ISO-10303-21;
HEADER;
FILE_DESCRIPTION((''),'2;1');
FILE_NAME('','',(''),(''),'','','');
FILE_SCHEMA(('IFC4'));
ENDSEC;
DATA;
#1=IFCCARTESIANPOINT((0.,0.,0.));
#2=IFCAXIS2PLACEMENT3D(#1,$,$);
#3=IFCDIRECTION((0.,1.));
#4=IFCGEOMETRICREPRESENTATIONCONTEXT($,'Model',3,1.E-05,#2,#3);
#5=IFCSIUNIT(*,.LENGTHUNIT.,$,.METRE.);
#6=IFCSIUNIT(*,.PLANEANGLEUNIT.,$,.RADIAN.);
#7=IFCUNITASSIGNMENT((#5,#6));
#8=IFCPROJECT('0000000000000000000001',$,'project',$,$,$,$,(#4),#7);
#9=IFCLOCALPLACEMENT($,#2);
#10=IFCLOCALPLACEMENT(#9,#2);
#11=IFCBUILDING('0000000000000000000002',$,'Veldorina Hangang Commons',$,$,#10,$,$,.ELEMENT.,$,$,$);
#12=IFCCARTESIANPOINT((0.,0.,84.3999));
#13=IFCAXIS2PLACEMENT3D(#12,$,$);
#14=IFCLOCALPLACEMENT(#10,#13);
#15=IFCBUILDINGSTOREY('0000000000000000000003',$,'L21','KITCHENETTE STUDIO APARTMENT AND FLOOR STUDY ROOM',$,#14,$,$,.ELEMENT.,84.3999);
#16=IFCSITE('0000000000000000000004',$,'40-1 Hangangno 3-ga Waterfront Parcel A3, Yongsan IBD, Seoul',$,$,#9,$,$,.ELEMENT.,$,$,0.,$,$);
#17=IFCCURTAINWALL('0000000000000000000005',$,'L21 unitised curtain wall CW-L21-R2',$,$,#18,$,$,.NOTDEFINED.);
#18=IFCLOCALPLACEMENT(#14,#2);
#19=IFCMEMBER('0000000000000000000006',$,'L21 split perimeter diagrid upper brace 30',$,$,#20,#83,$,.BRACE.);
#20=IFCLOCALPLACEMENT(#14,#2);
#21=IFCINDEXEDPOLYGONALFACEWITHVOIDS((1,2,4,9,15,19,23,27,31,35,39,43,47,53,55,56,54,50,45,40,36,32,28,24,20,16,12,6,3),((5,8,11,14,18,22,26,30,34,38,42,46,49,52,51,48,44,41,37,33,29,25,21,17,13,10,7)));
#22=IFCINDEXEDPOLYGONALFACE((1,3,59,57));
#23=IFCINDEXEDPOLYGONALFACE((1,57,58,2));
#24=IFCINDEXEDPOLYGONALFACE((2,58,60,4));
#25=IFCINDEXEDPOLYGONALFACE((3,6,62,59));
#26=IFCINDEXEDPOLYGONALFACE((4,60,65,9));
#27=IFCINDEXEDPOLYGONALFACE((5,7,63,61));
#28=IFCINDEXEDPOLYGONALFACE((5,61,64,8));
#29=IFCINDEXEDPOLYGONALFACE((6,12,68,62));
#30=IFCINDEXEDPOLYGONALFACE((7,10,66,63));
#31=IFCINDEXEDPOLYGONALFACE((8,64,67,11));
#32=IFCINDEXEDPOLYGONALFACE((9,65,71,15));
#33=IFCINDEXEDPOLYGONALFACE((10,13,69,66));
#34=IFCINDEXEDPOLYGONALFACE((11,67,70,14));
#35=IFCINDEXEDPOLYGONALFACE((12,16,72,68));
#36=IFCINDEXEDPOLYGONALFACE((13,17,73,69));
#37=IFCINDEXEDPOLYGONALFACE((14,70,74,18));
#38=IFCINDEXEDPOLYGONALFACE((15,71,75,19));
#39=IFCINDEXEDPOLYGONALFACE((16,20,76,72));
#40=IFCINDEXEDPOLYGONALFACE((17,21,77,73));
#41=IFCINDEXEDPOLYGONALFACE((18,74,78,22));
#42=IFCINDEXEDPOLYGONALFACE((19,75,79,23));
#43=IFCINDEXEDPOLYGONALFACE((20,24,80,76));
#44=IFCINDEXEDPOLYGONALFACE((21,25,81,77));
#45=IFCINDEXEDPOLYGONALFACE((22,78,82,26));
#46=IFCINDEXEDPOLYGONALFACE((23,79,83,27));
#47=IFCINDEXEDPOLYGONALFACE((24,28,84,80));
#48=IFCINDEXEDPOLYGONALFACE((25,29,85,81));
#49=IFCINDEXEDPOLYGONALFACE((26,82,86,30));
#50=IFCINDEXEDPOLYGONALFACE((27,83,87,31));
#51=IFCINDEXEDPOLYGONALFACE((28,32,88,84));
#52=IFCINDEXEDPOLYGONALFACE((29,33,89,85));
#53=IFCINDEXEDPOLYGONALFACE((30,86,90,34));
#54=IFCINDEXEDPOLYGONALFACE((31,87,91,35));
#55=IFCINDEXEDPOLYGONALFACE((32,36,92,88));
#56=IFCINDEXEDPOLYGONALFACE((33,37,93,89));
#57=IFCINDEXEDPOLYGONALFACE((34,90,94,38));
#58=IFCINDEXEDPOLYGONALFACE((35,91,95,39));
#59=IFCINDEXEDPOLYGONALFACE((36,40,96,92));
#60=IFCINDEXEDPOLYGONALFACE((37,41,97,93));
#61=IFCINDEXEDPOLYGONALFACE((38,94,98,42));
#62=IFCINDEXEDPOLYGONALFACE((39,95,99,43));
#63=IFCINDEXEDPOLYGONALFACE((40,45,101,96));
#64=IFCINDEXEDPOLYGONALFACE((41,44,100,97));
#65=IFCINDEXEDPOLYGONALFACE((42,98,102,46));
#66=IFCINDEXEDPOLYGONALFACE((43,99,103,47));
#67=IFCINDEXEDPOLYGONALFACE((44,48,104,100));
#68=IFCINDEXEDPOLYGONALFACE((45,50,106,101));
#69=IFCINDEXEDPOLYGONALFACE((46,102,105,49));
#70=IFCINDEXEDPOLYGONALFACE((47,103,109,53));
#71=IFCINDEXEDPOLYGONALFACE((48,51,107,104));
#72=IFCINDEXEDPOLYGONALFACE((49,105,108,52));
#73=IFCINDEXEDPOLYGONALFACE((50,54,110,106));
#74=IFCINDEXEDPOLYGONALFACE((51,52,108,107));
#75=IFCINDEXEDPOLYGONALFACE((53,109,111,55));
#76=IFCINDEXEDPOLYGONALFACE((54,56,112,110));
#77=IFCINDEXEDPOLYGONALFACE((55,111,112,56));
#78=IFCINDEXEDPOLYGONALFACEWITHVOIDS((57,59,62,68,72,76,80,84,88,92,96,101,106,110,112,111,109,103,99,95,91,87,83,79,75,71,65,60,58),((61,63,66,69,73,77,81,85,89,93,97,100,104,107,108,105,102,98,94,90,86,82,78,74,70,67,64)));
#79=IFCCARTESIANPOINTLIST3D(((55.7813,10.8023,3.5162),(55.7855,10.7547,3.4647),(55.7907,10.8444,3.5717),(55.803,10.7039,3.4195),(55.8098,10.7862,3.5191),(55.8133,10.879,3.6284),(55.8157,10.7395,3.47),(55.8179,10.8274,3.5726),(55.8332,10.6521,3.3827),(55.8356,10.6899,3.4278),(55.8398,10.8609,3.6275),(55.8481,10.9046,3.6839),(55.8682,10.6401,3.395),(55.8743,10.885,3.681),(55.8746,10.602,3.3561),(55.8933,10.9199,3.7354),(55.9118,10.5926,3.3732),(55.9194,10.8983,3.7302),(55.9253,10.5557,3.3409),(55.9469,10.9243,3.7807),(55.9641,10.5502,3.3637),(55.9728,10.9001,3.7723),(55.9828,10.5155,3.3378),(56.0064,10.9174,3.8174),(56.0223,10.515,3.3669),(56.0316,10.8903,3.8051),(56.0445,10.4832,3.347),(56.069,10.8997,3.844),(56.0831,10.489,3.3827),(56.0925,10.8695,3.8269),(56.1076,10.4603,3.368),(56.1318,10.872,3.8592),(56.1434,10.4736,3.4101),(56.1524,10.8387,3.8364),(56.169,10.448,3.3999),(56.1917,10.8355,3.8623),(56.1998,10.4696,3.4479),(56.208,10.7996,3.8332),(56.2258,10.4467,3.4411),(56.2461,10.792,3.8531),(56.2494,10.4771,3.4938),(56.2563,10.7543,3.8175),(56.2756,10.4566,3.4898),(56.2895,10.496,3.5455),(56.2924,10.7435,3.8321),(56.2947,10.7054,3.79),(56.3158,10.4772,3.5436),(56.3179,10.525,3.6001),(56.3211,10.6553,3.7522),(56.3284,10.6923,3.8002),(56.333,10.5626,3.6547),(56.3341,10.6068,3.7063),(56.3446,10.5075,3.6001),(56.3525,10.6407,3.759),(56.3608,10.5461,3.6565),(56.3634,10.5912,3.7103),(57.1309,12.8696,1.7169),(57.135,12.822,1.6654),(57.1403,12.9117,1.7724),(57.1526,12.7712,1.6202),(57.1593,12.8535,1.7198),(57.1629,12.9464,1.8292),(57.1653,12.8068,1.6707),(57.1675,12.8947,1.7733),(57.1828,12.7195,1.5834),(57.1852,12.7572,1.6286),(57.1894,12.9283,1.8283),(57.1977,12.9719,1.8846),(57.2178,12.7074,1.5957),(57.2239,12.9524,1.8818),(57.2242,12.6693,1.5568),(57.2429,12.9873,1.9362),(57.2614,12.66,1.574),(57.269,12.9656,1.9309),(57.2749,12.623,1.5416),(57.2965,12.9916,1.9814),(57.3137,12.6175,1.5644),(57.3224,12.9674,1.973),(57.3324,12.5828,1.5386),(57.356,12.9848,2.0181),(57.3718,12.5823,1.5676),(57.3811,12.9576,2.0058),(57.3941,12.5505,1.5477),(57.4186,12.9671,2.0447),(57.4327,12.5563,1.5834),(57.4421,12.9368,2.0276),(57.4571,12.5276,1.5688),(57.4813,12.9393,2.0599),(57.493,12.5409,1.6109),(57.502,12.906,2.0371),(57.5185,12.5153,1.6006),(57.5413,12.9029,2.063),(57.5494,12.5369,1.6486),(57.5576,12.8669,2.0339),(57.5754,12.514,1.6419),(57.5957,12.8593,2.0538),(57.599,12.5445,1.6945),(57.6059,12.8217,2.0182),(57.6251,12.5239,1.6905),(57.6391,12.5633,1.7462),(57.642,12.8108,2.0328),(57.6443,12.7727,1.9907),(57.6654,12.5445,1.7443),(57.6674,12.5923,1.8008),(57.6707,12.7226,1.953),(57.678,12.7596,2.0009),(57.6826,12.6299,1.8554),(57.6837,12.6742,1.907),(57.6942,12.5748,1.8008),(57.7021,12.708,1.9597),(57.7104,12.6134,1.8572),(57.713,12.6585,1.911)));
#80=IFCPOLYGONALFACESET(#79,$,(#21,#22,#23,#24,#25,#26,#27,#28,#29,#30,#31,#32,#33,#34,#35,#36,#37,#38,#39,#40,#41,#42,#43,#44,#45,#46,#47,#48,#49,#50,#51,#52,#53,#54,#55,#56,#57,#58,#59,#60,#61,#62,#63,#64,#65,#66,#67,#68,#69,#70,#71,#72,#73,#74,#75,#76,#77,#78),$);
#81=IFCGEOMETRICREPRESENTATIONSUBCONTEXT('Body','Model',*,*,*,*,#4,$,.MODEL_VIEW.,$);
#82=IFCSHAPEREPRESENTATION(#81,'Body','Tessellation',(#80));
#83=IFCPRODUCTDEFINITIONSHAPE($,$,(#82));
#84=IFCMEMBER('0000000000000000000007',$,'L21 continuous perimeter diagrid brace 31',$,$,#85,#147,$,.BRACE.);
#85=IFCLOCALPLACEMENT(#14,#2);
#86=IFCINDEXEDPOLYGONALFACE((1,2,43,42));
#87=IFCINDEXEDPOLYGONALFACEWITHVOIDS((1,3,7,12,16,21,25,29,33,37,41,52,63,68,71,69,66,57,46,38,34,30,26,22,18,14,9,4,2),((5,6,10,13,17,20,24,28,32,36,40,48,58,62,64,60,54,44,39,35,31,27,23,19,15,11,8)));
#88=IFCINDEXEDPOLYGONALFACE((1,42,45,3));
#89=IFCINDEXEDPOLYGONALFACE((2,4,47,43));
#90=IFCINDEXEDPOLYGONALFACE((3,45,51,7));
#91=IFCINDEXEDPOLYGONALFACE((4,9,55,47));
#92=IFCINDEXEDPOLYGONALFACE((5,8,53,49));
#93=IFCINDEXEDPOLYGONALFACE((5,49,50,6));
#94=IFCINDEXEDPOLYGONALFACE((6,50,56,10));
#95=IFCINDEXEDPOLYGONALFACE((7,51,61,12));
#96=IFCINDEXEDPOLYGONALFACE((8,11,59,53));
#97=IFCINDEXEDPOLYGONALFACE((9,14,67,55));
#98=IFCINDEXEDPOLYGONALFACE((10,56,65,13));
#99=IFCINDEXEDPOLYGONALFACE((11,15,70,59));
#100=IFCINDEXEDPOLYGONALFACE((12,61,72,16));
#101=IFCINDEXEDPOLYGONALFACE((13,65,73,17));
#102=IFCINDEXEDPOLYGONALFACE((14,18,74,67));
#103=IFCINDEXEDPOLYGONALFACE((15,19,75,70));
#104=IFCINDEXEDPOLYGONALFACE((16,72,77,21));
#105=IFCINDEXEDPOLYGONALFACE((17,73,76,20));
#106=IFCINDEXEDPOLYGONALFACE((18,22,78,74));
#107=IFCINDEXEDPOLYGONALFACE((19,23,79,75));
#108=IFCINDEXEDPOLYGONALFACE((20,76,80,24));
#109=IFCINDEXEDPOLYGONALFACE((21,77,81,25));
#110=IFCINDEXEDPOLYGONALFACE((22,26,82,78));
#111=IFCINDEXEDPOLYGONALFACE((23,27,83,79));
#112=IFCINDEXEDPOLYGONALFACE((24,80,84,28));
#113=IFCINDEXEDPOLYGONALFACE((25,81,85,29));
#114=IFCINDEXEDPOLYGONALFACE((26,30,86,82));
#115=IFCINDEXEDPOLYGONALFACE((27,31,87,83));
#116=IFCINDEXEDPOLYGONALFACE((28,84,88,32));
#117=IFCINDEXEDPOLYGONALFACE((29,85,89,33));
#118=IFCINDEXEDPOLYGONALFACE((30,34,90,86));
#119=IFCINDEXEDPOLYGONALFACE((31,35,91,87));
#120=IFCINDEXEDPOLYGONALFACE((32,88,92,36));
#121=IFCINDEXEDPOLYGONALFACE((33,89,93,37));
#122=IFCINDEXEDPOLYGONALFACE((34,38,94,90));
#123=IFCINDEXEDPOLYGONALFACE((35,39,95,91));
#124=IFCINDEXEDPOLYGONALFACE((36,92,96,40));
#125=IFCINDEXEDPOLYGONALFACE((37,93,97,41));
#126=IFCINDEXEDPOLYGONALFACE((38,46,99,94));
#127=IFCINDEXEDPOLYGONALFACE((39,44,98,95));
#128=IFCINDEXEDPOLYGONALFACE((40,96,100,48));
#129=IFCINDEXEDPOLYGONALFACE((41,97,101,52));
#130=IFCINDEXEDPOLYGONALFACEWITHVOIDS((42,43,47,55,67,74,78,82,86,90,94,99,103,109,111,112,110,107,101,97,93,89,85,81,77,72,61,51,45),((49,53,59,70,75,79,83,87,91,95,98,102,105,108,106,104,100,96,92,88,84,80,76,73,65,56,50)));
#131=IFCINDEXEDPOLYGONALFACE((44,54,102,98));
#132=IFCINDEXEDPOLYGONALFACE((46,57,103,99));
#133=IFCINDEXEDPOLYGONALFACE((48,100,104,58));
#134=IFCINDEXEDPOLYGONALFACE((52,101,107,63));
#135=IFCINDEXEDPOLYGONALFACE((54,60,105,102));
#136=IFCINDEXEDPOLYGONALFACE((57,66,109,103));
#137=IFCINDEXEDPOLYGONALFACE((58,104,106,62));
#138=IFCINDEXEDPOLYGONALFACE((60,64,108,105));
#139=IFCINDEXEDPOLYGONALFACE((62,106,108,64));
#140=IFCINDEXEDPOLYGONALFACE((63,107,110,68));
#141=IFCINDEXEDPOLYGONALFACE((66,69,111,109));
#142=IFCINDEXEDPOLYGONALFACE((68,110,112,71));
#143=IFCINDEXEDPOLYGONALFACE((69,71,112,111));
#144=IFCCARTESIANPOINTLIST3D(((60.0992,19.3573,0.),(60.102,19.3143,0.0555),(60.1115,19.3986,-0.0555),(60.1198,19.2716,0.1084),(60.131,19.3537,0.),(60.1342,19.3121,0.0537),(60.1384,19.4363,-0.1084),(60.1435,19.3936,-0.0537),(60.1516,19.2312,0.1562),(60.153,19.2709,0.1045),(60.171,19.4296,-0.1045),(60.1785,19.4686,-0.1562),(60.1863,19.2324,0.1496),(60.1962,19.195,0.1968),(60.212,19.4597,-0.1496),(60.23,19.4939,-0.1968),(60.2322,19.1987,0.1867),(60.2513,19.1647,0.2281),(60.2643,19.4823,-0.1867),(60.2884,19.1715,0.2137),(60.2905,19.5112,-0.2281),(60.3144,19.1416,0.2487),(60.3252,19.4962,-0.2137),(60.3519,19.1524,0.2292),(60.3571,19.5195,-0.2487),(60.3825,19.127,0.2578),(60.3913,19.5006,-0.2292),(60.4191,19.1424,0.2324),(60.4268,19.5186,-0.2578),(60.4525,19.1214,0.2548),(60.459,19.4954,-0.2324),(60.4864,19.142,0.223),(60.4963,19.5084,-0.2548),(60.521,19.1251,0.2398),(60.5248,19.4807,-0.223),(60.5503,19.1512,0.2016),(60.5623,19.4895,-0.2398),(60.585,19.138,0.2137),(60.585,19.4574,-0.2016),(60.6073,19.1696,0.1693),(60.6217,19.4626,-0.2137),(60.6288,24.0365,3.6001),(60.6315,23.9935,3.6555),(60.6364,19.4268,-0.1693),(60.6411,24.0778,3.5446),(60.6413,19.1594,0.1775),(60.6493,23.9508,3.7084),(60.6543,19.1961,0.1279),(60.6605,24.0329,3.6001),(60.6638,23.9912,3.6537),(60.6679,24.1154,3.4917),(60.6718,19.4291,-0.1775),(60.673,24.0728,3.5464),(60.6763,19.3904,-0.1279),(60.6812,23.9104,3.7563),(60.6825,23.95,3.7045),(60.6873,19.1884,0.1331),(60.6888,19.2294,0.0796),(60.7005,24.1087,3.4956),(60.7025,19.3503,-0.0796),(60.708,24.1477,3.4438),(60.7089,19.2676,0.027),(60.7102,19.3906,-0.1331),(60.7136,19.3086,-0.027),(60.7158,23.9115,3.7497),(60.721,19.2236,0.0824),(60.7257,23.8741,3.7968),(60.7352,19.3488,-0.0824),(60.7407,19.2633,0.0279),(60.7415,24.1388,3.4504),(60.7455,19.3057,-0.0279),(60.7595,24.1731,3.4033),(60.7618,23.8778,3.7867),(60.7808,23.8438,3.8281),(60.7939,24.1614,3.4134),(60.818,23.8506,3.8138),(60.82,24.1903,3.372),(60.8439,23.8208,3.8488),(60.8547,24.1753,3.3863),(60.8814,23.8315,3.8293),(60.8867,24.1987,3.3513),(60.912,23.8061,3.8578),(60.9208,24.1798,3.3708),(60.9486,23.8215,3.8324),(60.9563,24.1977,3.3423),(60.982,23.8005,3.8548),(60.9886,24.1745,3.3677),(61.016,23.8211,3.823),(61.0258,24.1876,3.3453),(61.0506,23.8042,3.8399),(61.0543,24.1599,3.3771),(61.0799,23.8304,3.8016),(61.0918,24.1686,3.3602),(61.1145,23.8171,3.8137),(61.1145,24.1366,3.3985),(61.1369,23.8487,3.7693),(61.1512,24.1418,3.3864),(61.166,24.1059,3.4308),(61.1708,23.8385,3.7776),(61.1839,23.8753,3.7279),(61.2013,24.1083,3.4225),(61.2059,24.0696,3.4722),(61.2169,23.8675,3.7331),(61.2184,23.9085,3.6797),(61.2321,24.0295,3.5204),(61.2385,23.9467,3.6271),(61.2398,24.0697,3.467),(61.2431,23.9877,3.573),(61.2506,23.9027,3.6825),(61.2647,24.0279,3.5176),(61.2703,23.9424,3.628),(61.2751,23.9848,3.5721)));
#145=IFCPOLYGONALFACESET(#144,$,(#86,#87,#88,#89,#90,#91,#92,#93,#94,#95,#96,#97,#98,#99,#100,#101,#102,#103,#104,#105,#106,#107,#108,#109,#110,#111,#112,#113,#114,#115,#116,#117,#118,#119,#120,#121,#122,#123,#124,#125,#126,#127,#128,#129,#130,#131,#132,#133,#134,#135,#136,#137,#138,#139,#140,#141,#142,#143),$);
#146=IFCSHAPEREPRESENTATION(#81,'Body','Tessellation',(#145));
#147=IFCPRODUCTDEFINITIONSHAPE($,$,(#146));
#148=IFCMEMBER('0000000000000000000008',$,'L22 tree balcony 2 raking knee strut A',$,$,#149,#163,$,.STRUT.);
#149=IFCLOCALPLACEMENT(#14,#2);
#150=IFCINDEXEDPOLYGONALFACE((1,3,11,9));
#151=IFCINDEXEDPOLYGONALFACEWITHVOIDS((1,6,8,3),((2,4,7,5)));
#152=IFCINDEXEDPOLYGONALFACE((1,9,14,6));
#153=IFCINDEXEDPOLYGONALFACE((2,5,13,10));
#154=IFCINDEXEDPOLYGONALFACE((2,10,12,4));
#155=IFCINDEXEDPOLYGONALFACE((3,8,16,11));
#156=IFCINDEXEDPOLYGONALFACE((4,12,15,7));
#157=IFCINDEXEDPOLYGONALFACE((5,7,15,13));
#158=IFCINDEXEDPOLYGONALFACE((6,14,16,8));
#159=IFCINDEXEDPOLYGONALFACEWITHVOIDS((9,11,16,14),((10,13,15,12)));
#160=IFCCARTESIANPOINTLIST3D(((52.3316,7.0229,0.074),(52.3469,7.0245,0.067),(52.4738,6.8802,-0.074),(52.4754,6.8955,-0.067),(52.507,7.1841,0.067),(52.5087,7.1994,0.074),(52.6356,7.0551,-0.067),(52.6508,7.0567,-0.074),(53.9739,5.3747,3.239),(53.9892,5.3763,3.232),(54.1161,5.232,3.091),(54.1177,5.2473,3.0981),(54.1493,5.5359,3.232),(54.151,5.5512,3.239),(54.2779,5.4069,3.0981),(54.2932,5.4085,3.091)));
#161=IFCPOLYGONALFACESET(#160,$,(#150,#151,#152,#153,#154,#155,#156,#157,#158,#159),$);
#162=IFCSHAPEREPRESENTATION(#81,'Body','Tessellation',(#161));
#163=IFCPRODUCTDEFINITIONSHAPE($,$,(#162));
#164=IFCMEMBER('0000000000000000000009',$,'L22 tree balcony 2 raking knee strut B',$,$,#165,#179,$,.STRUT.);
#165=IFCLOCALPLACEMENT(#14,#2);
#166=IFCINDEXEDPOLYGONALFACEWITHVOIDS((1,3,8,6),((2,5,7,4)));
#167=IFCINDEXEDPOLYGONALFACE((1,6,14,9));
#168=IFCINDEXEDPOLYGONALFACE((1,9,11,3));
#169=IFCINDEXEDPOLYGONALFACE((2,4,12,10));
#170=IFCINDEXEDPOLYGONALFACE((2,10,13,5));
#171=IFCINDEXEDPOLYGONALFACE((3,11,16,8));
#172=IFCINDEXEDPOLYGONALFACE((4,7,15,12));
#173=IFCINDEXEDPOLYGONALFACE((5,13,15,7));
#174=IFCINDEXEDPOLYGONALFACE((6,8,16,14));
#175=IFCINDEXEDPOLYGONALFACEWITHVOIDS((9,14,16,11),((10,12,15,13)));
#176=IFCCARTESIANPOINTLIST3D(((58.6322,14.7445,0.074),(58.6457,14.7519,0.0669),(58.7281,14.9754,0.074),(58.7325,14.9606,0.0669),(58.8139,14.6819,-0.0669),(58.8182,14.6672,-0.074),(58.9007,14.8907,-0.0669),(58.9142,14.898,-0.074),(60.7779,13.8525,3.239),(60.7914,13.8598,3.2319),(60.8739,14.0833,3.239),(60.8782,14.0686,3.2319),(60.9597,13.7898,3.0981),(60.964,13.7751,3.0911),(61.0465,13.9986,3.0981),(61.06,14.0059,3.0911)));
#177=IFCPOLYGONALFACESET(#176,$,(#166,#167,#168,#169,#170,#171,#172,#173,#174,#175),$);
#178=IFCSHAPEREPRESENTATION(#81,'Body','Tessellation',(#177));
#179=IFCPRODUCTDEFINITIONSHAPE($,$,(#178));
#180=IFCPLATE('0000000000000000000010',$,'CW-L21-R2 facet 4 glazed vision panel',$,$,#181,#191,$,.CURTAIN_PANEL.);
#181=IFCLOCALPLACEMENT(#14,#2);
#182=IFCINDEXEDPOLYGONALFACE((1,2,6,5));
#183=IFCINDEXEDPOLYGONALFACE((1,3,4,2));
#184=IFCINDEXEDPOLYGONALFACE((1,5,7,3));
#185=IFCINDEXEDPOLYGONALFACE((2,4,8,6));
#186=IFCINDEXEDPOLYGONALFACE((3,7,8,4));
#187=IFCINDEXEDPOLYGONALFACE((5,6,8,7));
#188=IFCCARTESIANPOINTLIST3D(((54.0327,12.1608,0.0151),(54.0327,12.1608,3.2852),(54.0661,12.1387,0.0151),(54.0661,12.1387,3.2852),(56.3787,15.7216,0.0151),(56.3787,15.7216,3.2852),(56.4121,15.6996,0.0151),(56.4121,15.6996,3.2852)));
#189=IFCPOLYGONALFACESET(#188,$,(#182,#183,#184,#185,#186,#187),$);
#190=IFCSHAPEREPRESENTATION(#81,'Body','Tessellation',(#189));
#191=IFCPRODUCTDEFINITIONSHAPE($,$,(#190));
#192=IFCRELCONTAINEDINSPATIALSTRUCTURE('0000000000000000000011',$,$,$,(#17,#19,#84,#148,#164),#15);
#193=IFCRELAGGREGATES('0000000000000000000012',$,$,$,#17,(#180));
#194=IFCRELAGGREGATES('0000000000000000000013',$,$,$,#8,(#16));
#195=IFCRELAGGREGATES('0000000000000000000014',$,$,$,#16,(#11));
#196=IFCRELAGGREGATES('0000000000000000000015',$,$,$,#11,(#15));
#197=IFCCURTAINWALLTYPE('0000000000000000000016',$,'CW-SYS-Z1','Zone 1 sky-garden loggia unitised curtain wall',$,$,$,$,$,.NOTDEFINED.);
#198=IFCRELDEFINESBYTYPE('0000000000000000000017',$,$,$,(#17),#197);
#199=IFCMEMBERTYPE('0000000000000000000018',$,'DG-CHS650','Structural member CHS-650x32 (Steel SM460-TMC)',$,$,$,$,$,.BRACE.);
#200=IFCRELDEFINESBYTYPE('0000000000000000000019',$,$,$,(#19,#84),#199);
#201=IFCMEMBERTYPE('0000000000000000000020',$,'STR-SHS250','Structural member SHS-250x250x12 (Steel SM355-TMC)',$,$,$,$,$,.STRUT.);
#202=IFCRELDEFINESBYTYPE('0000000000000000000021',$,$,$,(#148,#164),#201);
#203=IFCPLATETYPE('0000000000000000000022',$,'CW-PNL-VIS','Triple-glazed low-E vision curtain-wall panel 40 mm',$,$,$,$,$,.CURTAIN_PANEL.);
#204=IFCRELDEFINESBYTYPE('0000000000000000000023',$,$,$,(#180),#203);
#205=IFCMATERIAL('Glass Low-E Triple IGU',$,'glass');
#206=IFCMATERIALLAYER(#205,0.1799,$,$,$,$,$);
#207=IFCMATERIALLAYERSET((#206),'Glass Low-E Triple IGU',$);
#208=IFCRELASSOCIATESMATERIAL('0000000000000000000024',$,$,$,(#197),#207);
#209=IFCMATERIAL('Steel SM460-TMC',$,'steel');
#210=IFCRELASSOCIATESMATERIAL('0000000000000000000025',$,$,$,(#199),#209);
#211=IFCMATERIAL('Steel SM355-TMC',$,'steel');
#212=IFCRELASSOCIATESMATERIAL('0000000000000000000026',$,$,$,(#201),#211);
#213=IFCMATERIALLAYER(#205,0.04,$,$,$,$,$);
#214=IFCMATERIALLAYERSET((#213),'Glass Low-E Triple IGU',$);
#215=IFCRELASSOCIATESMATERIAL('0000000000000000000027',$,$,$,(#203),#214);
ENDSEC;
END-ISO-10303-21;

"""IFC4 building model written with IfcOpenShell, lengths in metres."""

from ifc_helpers import new_model, si_unit, direction, frame, origin, origin_2d, place, context, subcontext, project, spatial, rectangle, hollow_rectangle, hollow_circle, extrude, material, layer, layer_set, material_profile, profile_set, type_object, element, aggregate, save


model = new_model("IFC4")

# Units and contexts
model_context = context("Model", 3, precision=1e-05, world=origin(), true_north=direction((0.0, 1.0)))
body_context = subcontext(model_context, "Body", "Model", "MODEL_VIEW")
ifc_project = project(units=[si_unit("LENGTHUNIT", "METRE"), si_unit("PLANEANGLEUNIT", "RADIAN")], contexts=[model_context])

# Site, building, storey
site_placement = place(None, origin())
site = spatial("IfcSite", under=ifc_project, at=site_placement, Name="40-1 Hangangno 3-ga Waterfront Parcel A3, Yongsan IBD, Seoul", CompositionType="ELEMENT", RefElevation=0.0)
building_placement = place(site_placement, origin())
building = spatial("IfcBuilding", under=site, at=building_placement, Name="Veldorina Hangang Commons", CompositionType="ELEMENT")
storey_placement = place(building_placement, frame((0.0, 0.0, 84.3999)))
storey = spatial("IfcBuildingStorey", under=building, at=storey_placement, Name="L21", Description="KITCHENETTE STUDIO APARTMENT AND FLOOR STUDY ROOM", CompositionType="ELEMENT", Elevation=84.3999)

# Shared definitions
ifc_material_1 = material(Name="Steel SM355-TMC", Category="steel")

# Curtain wall
ifc_material_2 = material(Name="Glass Low-E Triple IGU", Category="glass")
ifc_layer_1 = layer(ifc_material_2, 0.1799)
ifc_layer_set_1 = layer_set([ifc_layer_1], Name="Glass Low-E Triple IGU")
curtain_wall_type = type_object("IfcCurtainWallType", Name="CW-SYS-Z1", Description="Zone 1 sky-garden loggia unitised curtain wall", PredefinedType="NOTDEFINED", material=ifc_layer_set_1)
curtain_wall_placement = place(storey_placement, origin())
curtain_wall = element("IfcCurtainWall", 1, at=curtain_wall_placement, inside=storey, type_object=curtain_wall_type, Name="L21 unitised curtain wall CW-L21-R2", PredefinedType="NOTDEFINED")

# Members
ifc_material_3 = material(Name="Steel SM460-TMC", Category="steel")
ifc_material_profile_1 = material_profile(ifc_material_3, hollow_circle(Radius=0.325, WallThickness=0.032, at=origin_2d()), Name="CHS-650x32")
ifc_profile_set_1 = profile_set([ifc_material_profile_1], Name="Steel SM460-TMC")
member_type_1 = type_object("IfcMemberType", Name="DG-CHS650", Description="Structural member CHS-650x32 (Steel SM460-TMC)", PredefinedType="BRACE", material=ifc_profile_set_1)
member_1_placement = place(storey_placement, frame((57.4221, 12.7524, 1.8008), z_axis=(-0.44177, -0.67672, 0.588973), x_axis=(0.837367, -0.546642, 0.0)))
element("IfcMember", 2, at=member_1_placement, inside=storey, type_object=member_type_1, Name="L21 split perimeter diagrid upper brace 30", PredefinedType="BRACE", context=body_context, shape_type="SweptSolid", body=[
    extrude(hollow_circle(Radius=0.325, WallThickness=0.032, at=origin_2d()), origin(), (0.0, 0.0, 1.0), 3.0549),
])
member_2_placement = place(storey_placement, frame((60.4221, 19.3208, 0.0), z_axis=(0.089335, 0.789397, 0.607349), x_axis=(-0.993657, 0.112451, 0.0)))
element("IfcMember", 3, at=member_2_placement, inside=storey, type_object=member_type_1, Name="L21 continuous perimeter diagrid brace 31", PredefinedType="BRACE", context=body_context, shape_type="SweptSolid", body=[
    extrude(hollow_circle(Radius=0.325, WallThickness=0.032, at=origin_2d()), origin(), (0.0, 0.0, 1.0), 5.9275),
])
ifc_material_profile_2 = material_profile(ifc_material_1, hollow_rectangle(XDim=0.25, YDim=0.25, WallThickness=0.012, at=origin_2d()), Name="SHS-250x250x12")
ifc_profile_set_2 = profile_set([ifc_material_profile_2], Name="Steel SM355-TMC")
member_type_2 = type_object("IfcMemberType", Name="STR-SHS250", Description="Structural member SHS-250x250x12 (Steel SM355-TMC)", PredefinedType="STRUT", material=ifc_profile_set_2)
member_3_placement = place(storey_placement, frame((52.4912, 7.0398, 0.0), z_axis=(0.418081, -0.419573, 0.805709), x_axis=(0.708365, 0.705847, 0.0)))
element("IfcMember", 4, at=member_3_placement, inside=storey, type_object=member_type_2, Name="L22 tree balcony 2 raking knee strut A", PredefinedType="STRUT", context=body_context, shape_type="SweptSolid", body=[
    extrude(hollow_rectangle(XDim=0.25, YDim=0.25, WallThickness=0.012, at=origin_2d()), origin(), (0.0, 0.0, 1.0), 3.9282),
])
member_4_placement = place(storey_placement, frame((58.7732, 14.8213, 0.0), z_axis=(0.546477, -0.227196, 0.806068), x_axis=(0.383892, 0.923378, 0.0)))
element("IfcMember", 5, at=member_4_placement, inside=storey, type_object=member_type_2, Name="L22 tree balcony 2 raking knee strut B", PredefinedType="STRUT", context=body_context, shape_type="SweptSolid", body=[
    extrude(hollow_rectangle(XDim=0.25, YDim=0.25, WallThickness=0.012, at=origin_2d()), origin(), (0.0, 0.0, 1.0), 3.9265),
])

# Plate
ifc_layer_2 = layer(ifc_material_2, 0.04)
ifc_layer_set_2 = layer_set([ifc_layer_2], Name="Glass Low-E Triple IGU")
plate_type_1 = type_object("IfcPlateType", Name="CW-PNL-VIS", Description="Triple-glazed low-E vision curtain-wall panel 40 mm", PredefinedType="CURTAIN_PANEL", material=ifc_layer_set_2)
plate_1_placement = place(storey_placement, frame((55.2224, 13.9302, 0.0151), z_axis=(0.0, 0.0, 1.0), x_axis=(0.55016, 0.835059, 0.0)))
plate_1 = element("IfcPlate", 6, at=plate_1_placement, type_object=plate_type_1, Name="CW-L21-R2 facet 4 glazed vision panel", PredefinedType="CURTAIN_PANEL", context=body_context, shape_type="SweptSolid", body=[
    extrude(rectangle(XDim=4.2642, YDim=0.04, at=origin_2d()), origin(), (0.0, 0.0, 1.0), 3.27),
])
aggregate(curtain_wall, [plate_1])

save(model, "model.ifc")
